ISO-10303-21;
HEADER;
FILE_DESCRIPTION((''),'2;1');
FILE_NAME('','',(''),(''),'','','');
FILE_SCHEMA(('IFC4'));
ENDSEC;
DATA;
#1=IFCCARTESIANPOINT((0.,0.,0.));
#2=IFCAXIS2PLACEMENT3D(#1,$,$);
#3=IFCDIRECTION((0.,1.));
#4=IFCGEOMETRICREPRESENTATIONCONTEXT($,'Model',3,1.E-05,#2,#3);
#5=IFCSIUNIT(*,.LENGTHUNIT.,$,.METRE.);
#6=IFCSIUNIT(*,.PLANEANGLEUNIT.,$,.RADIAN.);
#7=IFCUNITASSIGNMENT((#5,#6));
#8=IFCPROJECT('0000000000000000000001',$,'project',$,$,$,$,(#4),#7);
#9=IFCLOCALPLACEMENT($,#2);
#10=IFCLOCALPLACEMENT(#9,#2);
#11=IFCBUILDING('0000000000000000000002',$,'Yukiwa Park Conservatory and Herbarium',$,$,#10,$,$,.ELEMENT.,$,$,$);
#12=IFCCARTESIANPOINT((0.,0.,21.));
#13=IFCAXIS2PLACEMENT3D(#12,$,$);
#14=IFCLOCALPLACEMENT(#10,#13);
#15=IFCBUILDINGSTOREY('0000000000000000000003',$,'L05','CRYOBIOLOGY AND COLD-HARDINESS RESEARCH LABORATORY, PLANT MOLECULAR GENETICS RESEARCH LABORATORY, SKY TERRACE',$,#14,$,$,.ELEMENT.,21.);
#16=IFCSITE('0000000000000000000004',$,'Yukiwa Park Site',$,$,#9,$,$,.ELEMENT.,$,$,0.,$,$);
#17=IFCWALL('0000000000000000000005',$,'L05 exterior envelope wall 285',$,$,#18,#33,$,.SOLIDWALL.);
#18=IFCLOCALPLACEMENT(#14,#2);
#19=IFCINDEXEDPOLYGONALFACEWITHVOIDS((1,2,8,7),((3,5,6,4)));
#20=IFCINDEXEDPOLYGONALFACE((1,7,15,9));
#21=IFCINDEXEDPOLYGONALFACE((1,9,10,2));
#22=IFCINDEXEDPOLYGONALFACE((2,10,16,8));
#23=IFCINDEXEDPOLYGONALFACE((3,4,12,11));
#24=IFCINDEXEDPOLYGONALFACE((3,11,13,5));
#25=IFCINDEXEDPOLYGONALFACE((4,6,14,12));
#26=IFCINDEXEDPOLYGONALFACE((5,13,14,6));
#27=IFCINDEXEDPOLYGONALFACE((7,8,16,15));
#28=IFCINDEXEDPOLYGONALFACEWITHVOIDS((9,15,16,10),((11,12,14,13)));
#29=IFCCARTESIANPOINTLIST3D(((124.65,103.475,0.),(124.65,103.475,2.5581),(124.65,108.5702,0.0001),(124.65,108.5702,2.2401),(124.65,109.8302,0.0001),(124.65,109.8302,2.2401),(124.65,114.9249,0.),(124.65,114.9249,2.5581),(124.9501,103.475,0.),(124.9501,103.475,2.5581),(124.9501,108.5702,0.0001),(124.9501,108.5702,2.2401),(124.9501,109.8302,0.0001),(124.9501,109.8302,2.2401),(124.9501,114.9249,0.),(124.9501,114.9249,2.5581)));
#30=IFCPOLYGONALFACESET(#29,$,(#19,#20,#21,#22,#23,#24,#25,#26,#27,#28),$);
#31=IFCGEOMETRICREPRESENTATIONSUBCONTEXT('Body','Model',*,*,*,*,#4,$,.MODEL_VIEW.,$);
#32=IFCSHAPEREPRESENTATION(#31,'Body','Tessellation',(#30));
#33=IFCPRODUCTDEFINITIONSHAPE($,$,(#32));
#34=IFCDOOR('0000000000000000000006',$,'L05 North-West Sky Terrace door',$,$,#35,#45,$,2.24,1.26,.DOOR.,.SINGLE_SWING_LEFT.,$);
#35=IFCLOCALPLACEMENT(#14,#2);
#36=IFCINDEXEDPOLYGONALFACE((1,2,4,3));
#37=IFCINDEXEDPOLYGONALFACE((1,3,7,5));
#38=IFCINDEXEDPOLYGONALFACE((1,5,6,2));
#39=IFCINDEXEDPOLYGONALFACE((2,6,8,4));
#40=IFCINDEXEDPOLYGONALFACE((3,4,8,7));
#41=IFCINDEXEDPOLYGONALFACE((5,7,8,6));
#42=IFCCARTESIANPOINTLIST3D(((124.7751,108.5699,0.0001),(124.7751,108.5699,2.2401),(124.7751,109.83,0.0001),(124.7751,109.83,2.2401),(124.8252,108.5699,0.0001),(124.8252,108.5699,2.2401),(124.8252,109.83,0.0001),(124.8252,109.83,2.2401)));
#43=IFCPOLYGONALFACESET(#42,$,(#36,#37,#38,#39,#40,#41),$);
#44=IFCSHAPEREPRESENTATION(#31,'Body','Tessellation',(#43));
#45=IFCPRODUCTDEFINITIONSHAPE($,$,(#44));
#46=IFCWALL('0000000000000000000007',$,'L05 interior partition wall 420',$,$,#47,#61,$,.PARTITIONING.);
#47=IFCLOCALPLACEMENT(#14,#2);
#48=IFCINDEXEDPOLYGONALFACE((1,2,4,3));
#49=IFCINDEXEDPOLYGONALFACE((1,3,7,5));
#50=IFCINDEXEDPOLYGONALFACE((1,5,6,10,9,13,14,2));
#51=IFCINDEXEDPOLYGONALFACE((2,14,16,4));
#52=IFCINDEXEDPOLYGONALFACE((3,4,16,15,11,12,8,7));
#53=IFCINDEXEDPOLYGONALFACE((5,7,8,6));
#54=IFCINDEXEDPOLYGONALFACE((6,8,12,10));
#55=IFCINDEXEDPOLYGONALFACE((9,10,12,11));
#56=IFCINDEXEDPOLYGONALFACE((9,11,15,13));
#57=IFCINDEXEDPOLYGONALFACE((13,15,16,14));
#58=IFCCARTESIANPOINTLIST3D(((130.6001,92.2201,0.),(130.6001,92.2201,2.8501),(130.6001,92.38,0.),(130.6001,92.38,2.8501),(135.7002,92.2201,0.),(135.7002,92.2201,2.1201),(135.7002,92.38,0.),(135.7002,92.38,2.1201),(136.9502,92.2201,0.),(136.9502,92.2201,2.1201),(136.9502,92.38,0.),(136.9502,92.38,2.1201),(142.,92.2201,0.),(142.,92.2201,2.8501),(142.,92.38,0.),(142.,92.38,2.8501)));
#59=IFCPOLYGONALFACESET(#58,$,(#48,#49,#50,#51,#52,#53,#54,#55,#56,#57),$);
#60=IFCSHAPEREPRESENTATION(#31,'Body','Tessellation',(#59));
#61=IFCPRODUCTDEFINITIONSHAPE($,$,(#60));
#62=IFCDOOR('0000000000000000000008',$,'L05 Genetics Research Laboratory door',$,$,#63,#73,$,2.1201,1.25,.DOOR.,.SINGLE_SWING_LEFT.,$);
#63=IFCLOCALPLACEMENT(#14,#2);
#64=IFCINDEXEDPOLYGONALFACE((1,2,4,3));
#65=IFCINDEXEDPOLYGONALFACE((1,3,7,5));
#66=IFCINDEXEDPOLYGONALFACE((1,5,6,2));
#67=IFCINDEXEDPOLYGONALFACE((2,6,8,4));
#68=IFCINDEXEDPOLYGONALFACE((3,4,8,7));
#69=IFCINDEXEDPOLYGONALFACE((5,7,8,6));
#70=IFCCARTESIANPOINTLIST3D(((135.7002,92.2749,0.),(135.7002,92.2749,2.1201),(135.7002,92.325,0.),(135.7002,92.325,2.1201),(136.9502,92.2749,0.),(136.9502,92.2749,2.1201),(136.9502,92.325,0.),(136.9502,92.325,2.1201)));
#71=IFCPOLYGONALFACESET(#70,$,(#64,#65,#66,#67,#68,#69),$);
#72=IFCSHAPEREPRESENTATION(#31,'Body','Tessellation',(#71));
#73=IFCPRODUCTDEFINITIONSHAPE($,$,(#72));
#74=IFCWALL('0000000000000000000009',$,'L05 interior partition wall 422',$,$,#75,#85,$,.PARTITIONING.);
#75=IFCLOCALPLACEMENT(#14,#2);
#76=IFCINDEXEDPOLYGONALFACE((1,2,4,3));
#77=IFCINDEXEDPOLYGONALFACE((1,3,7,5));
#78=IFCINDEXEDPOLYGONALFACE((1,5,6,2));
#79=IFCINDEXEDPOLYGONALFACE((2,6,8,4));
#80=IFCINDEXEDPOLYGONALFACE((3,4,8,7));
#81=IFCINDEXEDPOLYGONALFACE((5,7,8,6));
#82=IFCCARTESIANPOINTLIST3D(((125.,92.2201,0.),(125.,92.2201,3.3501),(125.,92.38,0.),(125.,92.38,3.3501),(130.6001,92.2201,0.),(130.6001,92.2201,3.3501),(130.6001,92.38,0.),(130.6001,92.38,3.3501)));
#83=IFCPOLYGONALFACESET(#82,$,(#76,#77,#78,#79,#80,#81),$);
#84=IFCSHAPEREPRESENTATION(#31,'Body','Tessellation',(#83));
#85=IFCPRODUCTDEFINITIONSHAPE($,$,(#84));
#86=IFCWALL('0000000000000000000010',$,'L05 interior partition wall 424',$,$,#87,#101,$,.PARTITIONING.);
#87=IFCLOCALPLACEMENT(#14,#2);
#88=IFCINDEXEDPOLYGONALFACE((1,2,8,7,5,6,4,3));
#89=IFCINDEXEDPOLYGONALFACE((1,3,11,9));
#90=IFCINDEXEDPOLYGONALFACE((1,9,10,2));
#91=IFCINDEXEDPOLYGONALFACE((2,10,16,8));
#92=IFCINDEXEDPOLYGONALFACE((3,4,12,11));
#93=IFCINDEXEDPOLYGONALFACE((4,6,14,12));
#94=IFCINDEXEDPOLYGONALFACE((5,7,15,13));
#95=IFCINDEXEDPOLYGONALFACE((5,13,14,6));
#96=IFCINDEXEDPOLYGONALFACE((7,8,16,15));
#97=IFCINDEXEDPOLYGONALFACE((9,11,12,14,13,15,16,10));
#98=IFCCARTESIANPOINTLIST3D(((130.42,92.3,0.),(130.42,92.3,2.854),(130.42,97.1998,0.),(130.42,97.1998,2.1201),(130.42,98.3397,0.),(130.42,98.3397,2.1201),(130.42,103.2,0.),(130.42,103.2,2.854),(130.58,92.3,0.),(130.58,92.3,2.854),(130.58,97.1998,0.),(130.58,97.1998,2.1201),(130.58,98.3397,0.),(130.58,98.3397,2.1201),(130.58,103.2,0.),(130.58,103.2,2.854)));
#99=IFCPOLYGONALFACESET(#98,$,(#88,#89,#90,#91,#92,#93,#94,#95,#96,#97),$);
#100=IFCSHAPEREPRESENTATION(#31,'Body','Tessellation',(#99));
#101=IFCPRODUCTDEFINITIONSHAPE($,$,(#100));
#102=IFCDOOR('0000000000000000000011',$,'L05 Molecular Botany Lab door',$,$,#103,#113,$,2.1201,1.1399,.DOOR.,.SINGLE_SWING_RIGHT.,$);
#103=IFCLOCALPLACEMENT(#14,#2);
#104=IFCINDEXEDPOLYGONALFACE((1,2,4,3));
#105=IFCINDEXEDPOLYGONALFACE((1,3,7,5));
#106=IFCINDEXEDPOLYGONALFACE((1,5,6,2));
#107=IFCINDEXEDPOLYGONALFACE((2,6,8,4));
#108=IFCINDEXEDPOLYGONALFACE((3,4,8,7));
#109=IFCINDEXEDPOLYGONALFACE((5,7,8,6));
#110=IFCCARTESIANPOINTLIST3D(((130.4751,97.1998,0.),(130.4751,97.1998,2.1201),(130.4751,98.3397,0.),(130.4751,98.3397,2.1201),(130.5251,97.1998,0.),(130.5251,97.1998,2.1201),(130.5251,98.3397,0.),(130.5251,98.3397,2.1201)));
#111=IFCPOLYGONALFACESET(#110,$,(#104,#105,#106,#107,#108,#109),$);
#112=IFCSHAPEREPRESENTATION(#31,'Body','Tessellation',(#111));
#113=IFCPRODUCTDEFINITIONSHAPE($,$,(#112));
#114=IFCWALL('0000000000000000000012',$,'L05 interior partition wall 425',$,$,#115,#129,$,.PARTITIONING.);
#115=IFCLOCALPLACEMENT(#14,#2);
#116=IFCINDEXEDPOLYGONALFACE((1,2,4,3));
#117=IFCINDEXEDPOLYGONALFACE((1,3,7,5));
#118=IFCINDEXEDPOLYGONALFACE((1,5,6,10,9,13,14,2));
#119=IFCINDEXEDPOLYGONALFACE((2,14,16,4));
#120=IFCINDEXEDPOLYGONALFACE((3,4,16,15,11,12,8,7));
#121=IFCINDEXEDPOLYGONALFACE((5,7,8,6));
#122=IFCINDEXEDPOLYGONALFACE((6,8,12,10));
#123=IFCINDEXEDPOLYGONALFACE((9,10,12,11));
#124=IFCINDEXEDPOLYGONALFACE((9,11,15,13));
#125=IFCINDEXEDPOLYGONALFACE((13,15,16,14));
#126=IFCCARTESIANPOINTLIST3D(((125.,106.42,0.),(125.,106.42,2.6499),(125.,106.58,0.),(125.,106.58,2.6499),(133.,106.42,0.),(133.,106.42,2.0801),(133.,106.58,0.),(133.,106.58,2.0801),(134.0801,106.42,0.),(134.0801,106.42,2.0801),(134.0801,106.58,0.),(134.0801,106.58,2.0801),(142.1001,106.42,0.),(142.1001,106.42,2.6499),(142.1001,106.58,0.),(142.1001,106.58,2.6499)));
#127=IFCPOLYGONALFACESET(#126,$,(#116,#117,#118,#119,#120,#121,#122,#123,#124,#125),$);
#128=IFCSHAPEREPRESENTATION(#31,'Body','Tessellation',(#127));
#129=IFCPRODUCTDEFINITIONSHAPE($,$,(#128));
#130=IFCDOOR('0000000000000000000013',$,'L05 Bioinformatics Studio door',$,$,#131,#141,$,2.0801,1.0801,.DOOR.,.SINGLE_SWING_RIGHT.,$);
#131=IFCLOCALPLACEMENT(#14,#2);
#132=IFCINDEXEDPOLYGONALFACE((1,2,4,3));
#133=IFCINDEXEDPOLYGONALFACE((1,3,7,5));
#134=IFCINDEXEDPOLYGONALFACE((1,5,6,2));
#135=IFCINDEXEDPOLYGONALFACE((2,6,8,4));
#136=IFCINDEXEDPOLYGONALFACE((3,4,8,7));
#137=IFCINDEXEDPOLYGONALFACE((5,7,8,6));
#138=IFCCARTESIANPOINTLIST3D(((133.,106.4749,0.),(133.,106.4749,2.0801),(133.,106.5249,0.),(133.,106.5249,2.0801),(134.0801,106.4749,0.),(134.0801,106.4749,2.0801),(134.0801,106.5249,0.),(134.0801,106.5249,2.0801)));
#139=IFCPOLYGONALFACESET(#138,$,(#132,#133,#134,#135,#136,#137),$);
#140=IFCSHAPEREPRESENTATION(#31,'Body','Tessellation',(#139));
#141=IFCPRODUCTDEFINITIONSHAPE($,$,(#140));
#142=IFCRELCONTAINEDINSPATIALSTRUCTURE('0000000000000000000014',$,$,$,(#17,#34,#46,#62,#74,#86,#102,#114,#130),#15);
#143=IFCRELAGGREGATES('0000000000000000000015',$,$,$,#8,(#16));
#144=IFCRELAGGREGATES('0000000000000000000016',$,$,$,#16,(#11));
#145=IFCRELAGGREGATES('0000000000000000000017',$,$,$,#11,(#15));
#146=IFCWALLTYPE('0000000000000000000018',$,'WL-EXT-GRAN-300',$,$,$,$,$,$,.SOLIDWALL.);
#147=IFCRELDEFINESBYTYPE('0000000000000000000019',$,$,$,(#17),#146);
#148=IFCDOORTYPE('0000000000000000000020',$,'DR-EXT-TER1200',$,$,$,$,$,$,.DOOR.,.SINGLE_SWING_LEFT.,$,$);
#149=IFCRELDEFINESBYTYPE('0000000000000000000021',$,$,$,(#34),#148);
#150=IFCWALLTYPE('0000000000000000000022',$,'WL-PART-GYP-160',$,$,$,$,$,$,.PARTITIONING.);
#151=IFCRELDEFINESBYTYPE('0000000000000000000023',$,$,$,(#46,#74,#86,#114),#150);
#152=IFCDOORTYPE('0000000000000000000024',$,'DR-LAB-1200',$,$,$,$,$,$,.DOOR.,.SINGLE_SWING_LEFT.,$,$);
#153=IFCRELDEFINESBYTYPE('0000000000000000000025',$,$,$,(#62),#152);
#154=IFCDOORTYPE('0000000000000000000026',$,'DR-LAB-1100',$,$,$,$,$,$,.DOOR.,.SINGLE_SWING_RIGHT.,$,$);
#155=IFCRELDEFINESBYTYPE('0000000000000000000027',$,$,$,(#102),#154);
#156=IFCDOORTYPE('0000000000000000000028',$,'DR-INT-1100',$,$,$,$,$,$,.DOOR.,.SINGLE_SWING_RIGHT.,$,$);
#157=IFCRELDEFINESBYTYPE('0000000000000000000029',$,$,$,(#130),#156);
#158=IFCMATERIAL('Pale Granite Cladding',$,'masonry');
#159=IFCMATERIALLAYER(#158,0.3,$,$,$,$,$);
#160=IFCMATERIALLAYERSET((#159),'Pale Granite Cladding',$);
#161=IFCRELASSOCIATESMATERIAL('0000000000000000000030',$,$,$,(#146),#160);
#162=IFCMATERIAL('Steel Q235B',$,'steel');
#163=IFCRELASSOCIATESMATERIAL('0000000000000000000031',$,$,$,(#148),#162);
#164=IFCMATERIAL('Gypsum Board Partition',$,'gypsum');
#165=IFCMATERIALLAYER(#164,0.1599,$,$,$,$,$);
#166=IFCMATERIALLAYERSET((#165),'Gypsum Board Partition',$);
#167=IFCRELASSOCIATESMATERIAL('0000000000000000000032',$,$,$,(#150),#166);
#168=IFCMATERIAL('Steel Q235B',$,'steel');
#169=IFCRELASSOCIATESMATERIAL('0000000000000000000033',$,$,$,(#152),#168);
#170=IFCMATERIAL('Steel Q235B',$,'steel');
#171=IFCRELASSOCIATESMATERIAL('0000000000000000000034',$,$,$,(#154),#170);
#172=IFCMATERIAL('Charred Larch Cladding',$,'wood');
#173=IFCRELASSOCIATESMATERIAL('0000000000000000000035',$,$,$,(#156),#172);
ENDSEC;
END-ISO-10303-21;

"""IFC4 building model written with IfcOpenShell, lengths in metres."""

from ifc_helpers import new_model, si_unit, direction, frame, frame_2d, origin, place, context, subcontext, project, spatial, rectangle, extrude, material, layer, layer_set, type_object, element, fill, save


model = new_model("IFC4")

# Units and contexts
model_context = context("Model", 3, precision=1e-05, world=origin(), true_north=direction((0.0, 1.0)))
body_context = subcontext(model_context, "Body", "Model", "MODEL_VIEW")
ifc_project = project(units=[si_unit("LENGTHUNIT", "METRE"), si_unit("PLANEANGLEUNIT", "RADIAN")], contexts=[model_context])

# Site, building, storey
site_placement = place(None, origin())
site = spatial("IfcSite", under=ifc_project, at=site_placement, Name="Yukiwa Park Site", CompositionType="ELEMENT", RefElevation=0.0)
building_placement = place(site_placement, origin())
building = spatial("IfcBuilding", under=site, at=building_placement, Name="Yukiwa Park Conservatory and Herbarium", CompositionType="ELEMENT")
storey_placement = place(building_placement, frame((0.0, 0.0, 21.0)))
storey = spatial("IfcBuildingStorey", under=building, at=storey_placement, Name="L05", Description="CRYOBIOLOGY AND COLD-HARDINESS RESEARCH LABORATORY, PLANT MOLECULAR GENETICS RESEARCH LABORATORY, SKY TERRACE", CompositionType="ELEMENT", Elevation=21.0)

# Shared definitions
ifc_material_1 = material(Name="Pale Granite Cladding", Category="masonry")
ifc_layer_1 = layer(ifc_material_1, 0.3)
ifc_layer_set_1 = layer_set([ifc_layer_1], Name="Pale Granite Cladding")
wall_type_1 = type_object("IfcWallType", Name="WL-EXT-GRAN-300", PredefinedType="SOLIDWALL", material=ifc_layer_set_1)

# Walls, openings, doors
wall_1_placement = place(storey_placement, frame((124.8, 114.925, 0.0), z_axis=(0.0, 0.0, 1.0), x_axis=(0.0, -1.0, 0.0)))
wall_1 = element("IfcWall", 1, at=wall_1_placement, inside=storey, type_object=wall_type_1, Name="L05 exterior envelope wall 285", PredefinedType="SOLIDWALL", context=body_context, shape_type="SweptSolid", body=[
    extrude(rectangle(XDim=11.45, YDim=0.3, at=frame_2d((5.7251, 0.0))), origin(), (0.0, 0.0, 1.0), 2.5581),
])
opening_1_placement = place(wall_1_placement, frame((5.095, 0.0, 0.0)))
opening_1 = element("IfcOpeningElement", 2, at=opening_1_placement, cuts=wall_1, PredefinedType="OPENING", context=body_context, shape_type="SweptSolid", body=[
    extrude(rectangle(XDim=1.26, YDim=2.24, at=frame_2d((0.6299, 1.1201))), frame((0.0, 0.1602, 0.0), z_axis=(0.0, -1.0, 0.0), x_axis=(1.0, 0.0, 0.0)), (0.0, 0.0, 1.0), 0.3201),
])
ifc_material_2 = material(Name="Steel Q235B", Category="steel")
door_type_1 = type_object("IfcDoorType", Name="DR-EXT-TER1200", OperationType="SINGLE_SWING_LEFT", PredefinedType="DOOR", material=ifc_material_2)
door_1_placement = place(opening_1_placement, frame((1.26, 0.0, 0.0), z_axis=(0.0, 0.0, 1.0), x_axis=(-1.0, 0.0, 0.0)))
door_1 = element("IfcDoor", 3, at=door_1_placement, inside=storey, type_object=door_type_1, Name="L05 North-West Sky Terrace door", OperationType="SINGLE_SWING_LEFT", OverallHeight=2.24, OverallWidth=1.26, PredefinedType="DOOR", context=body_context, shape_type="SweptSolid", body=[
    extrude(rectangle(XDim=1.26, YDim=2.24, at=frame_2d((0.6299, 1.1201))), frame((0.0, 0.0249, 0.0), z_axis=(0.0, -1.0, 0.0), x_axis=(1.0, 0.0, 0.0)), (0.0, 0.0, 1.0), 0.05),
])
fill(opening_1, door_1)
ifc_material_3 = material(Name="Gypsum Board Partition", Category="gypsum")
ifc_layer_2 = layer(ifc_material_3, 0.1599)
ifc_layer_set_2 = layer_set([ifc_layer_2], Name="Gypsum Board Partition")
wall_type_2 = type_object("IfcWallType", Name="WL-PART-GYP-160", PredefinedType="PARTITIONING", material=ifc_layer_set_2)
wall_2_placement = place(storey_placement, frame((130.6001, 92.3, 0.0), z_axis=(0.0, 0.0, 1.0), x_axis=(1.0, 0.0, 0.0)))
wall_2 = element("IfcWall", 4, at=wall_2_placement, inside=storey, type_object=wall_type_2, Name="L05 interior partition wall 420", PredefinedType="PARTITIONING", context=body_context, shape_type="SweptSolid", body=[
    extrude(rectangle(XDim=11.3999, YDim=0.1599, at=frame_2d((5.7, 0.0))), origin(), (0.0, 0.0, 1.0), 2.8501),
])
opening_2_placement = place(wall_2_placement, frame((5.1001, 0.0, 0.0)))
opening_2 = element("IfcOpeningElement", 5, at=opening_2_placement, cuts=wall_2, PredefinedType="OPENING", context=body_context, shape_type="SweptSolid", body=[
    extrude(rectangle(XDim=1.25, YDim=2.1201, at=frame_2d((0.625, 1.0601))), frame((0.0, 0.0898, 0.0), z_axis=(0.0, -1.0, 0.0), x_axis=(1.0, 0.0, 0.0)), (0.0, 0.0, 1.0), 0.1799),
])
ifc_material_4 = material(Name="Steel Q235B", Category="steel")
door_type_2 = type_object("IfcDoorType", Name="DR-LAB-1200", OperationType="SINGLE_SWING_LEFT", PredefinedType="DOOR", material=ifc_material_4)
door_2_placement = place(opening_2_placement, origin())
door_2 = element("IfcDoor", 6, at=door_2_placement, inside=storey, type_object=door_type_2, Name="L05 Genetics Research Laboratory door", OperationType="SINGLE_SWING_LEFT", OverallHeight=2.1201, OverallWidth=1.25, PredefinedType="DOOR", context=body_context, shape_type="SweptSolid", body=[
    extrude(rectangle(XDim=1.25, YDim=2.1201, at=frame_2d((0.625, 1.0601))), frame((0.0, 0.0249, 0.0), z_axis=(0.0, -1.0, 0.0), x_axis=(1.0, 0.0, 0.0)), (0.0, 0.0, 1.0), 0.05),
])
fill(opening_2, door_2)

# Wall
wall_3_placement = place(storey_placement, frame((125.0, 92.3, 0.0), z_axis=(0.0, 0.0, 1.0), x_axis=(1.0, 0.0, 0.0)))
element("IfcWall", 7, at=wall_3_placement, inside=storey, type_object=wall_type_2, Name="L05 interior partition wall 422", PredefinedType="PARTITIONING", context=body_context, shape_type="SweptSolid", body=[
    extrude(rectangle(XDim=5.6001, YDim=0.1599, at=frame_2d((2.8, 0.0))), origin(), (0.0, 0.0, 1.0), 3.3501),
])

# Walls, openings, doors
wall_4_placement = place(storey_placement, frame((130.5, 92.3, 0.0), z_axis=(0.0, 0.0, 1.0), x_axis=(0.0, 1.0, 0.0)))
wall_4 = element("IfcWall", 8, at=wall_4_placement, inside=storey, type_object=wall_type_2, Name="L05 interior partition wall 424", PredefinedType="PARTITIONING", context=body_context, shape_type="SweptSolid", body=[
    extrude(rectangle(XDim=10.8999, YDim=0.1599, at=frame_2d((5.45, 0.0))), origin(), (0.0, 0.0, 1.0), 2.854),
])
opening_3_placement = place(wall_4_placement, frame((4.8999, 0.0, 0.0)))
opening_3 = element("IfcOpeningElement", 9, at=opening_3_placement, cuts=wall_4, PredefinedType="OPENING", context=body_context, shape_type="SweptSolid", body=[
    extrude(rectangle(XDim=1.1399, YDim=2.1201, at=frame_2d((0.5698, 1.0601))), frame((0.0, 0.0898, 0.0), z_axis=(0.0, -1.0, 0.0), x_axis=(1.0, 0.0, 0.0)), (0.0, 0.0, 1.0), 0.1799),
])
ifc_material_5 = material(Name="Steel Q235B", Category="steel")
door_type_3 = type_object("IfcDoorType", Name="DR-LAB-1100", OperationType="SINGLE_SWING_RIGHT", PredefinedType="DOOR", material=ifc_material_5)
door_3_placement = place(opening_3_placement, origin())
door_3 = element("IfcDoor", 10, at=door_3_placement, inside=storey, type_object=door_type_3, Name="L05 Molecular Botany Lab door", OperationType="SINGLE_SWING_RIGHT", OverallHeight=2.1201, OverallWidth=1.1399, PredefinedType="DOOR", context=body_context, shape_type="SweptSolid", body=[
    extrude(rectangle(XDim=1.1399, YDim=2.1201, at=frame_2d((0.5698, 1.0601))), frame((0.0, 0.0249, 0.0), z_axis=(0.0, -1.0, 0.0), x_axis=(1.0, 0.0, 0.0)), (0.0, 0.0, 1.0), 0.05),
])
fill(opening_3, door_3)
wall_5_placement = place(storey_placement, frame((125.0, 106.5, 0.0), z_axis=(0.0, 0.0, 1.0), x_axis=(1.0, 0.0, 0.0)))
wall_5 = element("IfcWall", 11, at=wall_5_placement, inside=storey, type_object=wall_type_2, Name="L05 interior partition wall 425", PredefinedType="PARTITIONING", context=body_context, shape_type="SweptSolid", body=[
    extrude(rectangle(XDim=17.1001, YDim=0.1599, at=frame_2d((8.55, 0.0))), origin(), (0.0, 0.0, 1.0), 2.6499),
])
opening_4_placement = place(wall_5_placement, frame((8.0, 0.0, 0.0)))
opening_4 = element("IfcOpeningElement", 12, at=opening_4_placement, cuts=wall_5, PredefinedType="OPENING", context=body_context, shape_type="SweptSolid", body=[
    extrude(rectangle(XDim=1.0801, YDim=2.0801, at=frame_2d((0.54, 1.04))), frame((0.0, 0.0898, 0.0), z_axis=(0.0, -1.0, 0.0), x_axis=(1.0, 0.0, 0.0)), (0.0, 0.0, 1.0), 0.1799),
])
ifc_material_6 = material(Name="Charred Larch Cladding", Category="wood")
door_type_4 = type_object("IfcDoorType", Name="DR-INT-1100", OperationType="SINGLE_SWING_RIGHT", PredefinedType="DOOR", material=ifc_material_6)
door_4_placement = place(opening_4_placement, origin())
door_4 = element("IfcDoor", 13, at=door_4_placement, inside=storey, type_object=door_type_4, Name="L05 Bioinformatics Studio door", OperationType="SINGLE_SWING_RIGHT", OverallHeight=2.0801, OverallWidth=1.0801, PredefinedType="DOOR", context=body_context, shape_type="SweptSolid", body=[
    extrude(rectangle(XDim=1.0801, YDim=2.0801, at=frame_2d((0.54, 1.04))), frame((0.0, 0.0249, 0.0), z_axis=(0.0, -1.0, 0.0), x_axis=(1.0, 0.0, 0.0)), (0.0, 0.0, 1.0), 0.05),
])
fill(opening_4, door_4)

save(model, "model.ifc")
